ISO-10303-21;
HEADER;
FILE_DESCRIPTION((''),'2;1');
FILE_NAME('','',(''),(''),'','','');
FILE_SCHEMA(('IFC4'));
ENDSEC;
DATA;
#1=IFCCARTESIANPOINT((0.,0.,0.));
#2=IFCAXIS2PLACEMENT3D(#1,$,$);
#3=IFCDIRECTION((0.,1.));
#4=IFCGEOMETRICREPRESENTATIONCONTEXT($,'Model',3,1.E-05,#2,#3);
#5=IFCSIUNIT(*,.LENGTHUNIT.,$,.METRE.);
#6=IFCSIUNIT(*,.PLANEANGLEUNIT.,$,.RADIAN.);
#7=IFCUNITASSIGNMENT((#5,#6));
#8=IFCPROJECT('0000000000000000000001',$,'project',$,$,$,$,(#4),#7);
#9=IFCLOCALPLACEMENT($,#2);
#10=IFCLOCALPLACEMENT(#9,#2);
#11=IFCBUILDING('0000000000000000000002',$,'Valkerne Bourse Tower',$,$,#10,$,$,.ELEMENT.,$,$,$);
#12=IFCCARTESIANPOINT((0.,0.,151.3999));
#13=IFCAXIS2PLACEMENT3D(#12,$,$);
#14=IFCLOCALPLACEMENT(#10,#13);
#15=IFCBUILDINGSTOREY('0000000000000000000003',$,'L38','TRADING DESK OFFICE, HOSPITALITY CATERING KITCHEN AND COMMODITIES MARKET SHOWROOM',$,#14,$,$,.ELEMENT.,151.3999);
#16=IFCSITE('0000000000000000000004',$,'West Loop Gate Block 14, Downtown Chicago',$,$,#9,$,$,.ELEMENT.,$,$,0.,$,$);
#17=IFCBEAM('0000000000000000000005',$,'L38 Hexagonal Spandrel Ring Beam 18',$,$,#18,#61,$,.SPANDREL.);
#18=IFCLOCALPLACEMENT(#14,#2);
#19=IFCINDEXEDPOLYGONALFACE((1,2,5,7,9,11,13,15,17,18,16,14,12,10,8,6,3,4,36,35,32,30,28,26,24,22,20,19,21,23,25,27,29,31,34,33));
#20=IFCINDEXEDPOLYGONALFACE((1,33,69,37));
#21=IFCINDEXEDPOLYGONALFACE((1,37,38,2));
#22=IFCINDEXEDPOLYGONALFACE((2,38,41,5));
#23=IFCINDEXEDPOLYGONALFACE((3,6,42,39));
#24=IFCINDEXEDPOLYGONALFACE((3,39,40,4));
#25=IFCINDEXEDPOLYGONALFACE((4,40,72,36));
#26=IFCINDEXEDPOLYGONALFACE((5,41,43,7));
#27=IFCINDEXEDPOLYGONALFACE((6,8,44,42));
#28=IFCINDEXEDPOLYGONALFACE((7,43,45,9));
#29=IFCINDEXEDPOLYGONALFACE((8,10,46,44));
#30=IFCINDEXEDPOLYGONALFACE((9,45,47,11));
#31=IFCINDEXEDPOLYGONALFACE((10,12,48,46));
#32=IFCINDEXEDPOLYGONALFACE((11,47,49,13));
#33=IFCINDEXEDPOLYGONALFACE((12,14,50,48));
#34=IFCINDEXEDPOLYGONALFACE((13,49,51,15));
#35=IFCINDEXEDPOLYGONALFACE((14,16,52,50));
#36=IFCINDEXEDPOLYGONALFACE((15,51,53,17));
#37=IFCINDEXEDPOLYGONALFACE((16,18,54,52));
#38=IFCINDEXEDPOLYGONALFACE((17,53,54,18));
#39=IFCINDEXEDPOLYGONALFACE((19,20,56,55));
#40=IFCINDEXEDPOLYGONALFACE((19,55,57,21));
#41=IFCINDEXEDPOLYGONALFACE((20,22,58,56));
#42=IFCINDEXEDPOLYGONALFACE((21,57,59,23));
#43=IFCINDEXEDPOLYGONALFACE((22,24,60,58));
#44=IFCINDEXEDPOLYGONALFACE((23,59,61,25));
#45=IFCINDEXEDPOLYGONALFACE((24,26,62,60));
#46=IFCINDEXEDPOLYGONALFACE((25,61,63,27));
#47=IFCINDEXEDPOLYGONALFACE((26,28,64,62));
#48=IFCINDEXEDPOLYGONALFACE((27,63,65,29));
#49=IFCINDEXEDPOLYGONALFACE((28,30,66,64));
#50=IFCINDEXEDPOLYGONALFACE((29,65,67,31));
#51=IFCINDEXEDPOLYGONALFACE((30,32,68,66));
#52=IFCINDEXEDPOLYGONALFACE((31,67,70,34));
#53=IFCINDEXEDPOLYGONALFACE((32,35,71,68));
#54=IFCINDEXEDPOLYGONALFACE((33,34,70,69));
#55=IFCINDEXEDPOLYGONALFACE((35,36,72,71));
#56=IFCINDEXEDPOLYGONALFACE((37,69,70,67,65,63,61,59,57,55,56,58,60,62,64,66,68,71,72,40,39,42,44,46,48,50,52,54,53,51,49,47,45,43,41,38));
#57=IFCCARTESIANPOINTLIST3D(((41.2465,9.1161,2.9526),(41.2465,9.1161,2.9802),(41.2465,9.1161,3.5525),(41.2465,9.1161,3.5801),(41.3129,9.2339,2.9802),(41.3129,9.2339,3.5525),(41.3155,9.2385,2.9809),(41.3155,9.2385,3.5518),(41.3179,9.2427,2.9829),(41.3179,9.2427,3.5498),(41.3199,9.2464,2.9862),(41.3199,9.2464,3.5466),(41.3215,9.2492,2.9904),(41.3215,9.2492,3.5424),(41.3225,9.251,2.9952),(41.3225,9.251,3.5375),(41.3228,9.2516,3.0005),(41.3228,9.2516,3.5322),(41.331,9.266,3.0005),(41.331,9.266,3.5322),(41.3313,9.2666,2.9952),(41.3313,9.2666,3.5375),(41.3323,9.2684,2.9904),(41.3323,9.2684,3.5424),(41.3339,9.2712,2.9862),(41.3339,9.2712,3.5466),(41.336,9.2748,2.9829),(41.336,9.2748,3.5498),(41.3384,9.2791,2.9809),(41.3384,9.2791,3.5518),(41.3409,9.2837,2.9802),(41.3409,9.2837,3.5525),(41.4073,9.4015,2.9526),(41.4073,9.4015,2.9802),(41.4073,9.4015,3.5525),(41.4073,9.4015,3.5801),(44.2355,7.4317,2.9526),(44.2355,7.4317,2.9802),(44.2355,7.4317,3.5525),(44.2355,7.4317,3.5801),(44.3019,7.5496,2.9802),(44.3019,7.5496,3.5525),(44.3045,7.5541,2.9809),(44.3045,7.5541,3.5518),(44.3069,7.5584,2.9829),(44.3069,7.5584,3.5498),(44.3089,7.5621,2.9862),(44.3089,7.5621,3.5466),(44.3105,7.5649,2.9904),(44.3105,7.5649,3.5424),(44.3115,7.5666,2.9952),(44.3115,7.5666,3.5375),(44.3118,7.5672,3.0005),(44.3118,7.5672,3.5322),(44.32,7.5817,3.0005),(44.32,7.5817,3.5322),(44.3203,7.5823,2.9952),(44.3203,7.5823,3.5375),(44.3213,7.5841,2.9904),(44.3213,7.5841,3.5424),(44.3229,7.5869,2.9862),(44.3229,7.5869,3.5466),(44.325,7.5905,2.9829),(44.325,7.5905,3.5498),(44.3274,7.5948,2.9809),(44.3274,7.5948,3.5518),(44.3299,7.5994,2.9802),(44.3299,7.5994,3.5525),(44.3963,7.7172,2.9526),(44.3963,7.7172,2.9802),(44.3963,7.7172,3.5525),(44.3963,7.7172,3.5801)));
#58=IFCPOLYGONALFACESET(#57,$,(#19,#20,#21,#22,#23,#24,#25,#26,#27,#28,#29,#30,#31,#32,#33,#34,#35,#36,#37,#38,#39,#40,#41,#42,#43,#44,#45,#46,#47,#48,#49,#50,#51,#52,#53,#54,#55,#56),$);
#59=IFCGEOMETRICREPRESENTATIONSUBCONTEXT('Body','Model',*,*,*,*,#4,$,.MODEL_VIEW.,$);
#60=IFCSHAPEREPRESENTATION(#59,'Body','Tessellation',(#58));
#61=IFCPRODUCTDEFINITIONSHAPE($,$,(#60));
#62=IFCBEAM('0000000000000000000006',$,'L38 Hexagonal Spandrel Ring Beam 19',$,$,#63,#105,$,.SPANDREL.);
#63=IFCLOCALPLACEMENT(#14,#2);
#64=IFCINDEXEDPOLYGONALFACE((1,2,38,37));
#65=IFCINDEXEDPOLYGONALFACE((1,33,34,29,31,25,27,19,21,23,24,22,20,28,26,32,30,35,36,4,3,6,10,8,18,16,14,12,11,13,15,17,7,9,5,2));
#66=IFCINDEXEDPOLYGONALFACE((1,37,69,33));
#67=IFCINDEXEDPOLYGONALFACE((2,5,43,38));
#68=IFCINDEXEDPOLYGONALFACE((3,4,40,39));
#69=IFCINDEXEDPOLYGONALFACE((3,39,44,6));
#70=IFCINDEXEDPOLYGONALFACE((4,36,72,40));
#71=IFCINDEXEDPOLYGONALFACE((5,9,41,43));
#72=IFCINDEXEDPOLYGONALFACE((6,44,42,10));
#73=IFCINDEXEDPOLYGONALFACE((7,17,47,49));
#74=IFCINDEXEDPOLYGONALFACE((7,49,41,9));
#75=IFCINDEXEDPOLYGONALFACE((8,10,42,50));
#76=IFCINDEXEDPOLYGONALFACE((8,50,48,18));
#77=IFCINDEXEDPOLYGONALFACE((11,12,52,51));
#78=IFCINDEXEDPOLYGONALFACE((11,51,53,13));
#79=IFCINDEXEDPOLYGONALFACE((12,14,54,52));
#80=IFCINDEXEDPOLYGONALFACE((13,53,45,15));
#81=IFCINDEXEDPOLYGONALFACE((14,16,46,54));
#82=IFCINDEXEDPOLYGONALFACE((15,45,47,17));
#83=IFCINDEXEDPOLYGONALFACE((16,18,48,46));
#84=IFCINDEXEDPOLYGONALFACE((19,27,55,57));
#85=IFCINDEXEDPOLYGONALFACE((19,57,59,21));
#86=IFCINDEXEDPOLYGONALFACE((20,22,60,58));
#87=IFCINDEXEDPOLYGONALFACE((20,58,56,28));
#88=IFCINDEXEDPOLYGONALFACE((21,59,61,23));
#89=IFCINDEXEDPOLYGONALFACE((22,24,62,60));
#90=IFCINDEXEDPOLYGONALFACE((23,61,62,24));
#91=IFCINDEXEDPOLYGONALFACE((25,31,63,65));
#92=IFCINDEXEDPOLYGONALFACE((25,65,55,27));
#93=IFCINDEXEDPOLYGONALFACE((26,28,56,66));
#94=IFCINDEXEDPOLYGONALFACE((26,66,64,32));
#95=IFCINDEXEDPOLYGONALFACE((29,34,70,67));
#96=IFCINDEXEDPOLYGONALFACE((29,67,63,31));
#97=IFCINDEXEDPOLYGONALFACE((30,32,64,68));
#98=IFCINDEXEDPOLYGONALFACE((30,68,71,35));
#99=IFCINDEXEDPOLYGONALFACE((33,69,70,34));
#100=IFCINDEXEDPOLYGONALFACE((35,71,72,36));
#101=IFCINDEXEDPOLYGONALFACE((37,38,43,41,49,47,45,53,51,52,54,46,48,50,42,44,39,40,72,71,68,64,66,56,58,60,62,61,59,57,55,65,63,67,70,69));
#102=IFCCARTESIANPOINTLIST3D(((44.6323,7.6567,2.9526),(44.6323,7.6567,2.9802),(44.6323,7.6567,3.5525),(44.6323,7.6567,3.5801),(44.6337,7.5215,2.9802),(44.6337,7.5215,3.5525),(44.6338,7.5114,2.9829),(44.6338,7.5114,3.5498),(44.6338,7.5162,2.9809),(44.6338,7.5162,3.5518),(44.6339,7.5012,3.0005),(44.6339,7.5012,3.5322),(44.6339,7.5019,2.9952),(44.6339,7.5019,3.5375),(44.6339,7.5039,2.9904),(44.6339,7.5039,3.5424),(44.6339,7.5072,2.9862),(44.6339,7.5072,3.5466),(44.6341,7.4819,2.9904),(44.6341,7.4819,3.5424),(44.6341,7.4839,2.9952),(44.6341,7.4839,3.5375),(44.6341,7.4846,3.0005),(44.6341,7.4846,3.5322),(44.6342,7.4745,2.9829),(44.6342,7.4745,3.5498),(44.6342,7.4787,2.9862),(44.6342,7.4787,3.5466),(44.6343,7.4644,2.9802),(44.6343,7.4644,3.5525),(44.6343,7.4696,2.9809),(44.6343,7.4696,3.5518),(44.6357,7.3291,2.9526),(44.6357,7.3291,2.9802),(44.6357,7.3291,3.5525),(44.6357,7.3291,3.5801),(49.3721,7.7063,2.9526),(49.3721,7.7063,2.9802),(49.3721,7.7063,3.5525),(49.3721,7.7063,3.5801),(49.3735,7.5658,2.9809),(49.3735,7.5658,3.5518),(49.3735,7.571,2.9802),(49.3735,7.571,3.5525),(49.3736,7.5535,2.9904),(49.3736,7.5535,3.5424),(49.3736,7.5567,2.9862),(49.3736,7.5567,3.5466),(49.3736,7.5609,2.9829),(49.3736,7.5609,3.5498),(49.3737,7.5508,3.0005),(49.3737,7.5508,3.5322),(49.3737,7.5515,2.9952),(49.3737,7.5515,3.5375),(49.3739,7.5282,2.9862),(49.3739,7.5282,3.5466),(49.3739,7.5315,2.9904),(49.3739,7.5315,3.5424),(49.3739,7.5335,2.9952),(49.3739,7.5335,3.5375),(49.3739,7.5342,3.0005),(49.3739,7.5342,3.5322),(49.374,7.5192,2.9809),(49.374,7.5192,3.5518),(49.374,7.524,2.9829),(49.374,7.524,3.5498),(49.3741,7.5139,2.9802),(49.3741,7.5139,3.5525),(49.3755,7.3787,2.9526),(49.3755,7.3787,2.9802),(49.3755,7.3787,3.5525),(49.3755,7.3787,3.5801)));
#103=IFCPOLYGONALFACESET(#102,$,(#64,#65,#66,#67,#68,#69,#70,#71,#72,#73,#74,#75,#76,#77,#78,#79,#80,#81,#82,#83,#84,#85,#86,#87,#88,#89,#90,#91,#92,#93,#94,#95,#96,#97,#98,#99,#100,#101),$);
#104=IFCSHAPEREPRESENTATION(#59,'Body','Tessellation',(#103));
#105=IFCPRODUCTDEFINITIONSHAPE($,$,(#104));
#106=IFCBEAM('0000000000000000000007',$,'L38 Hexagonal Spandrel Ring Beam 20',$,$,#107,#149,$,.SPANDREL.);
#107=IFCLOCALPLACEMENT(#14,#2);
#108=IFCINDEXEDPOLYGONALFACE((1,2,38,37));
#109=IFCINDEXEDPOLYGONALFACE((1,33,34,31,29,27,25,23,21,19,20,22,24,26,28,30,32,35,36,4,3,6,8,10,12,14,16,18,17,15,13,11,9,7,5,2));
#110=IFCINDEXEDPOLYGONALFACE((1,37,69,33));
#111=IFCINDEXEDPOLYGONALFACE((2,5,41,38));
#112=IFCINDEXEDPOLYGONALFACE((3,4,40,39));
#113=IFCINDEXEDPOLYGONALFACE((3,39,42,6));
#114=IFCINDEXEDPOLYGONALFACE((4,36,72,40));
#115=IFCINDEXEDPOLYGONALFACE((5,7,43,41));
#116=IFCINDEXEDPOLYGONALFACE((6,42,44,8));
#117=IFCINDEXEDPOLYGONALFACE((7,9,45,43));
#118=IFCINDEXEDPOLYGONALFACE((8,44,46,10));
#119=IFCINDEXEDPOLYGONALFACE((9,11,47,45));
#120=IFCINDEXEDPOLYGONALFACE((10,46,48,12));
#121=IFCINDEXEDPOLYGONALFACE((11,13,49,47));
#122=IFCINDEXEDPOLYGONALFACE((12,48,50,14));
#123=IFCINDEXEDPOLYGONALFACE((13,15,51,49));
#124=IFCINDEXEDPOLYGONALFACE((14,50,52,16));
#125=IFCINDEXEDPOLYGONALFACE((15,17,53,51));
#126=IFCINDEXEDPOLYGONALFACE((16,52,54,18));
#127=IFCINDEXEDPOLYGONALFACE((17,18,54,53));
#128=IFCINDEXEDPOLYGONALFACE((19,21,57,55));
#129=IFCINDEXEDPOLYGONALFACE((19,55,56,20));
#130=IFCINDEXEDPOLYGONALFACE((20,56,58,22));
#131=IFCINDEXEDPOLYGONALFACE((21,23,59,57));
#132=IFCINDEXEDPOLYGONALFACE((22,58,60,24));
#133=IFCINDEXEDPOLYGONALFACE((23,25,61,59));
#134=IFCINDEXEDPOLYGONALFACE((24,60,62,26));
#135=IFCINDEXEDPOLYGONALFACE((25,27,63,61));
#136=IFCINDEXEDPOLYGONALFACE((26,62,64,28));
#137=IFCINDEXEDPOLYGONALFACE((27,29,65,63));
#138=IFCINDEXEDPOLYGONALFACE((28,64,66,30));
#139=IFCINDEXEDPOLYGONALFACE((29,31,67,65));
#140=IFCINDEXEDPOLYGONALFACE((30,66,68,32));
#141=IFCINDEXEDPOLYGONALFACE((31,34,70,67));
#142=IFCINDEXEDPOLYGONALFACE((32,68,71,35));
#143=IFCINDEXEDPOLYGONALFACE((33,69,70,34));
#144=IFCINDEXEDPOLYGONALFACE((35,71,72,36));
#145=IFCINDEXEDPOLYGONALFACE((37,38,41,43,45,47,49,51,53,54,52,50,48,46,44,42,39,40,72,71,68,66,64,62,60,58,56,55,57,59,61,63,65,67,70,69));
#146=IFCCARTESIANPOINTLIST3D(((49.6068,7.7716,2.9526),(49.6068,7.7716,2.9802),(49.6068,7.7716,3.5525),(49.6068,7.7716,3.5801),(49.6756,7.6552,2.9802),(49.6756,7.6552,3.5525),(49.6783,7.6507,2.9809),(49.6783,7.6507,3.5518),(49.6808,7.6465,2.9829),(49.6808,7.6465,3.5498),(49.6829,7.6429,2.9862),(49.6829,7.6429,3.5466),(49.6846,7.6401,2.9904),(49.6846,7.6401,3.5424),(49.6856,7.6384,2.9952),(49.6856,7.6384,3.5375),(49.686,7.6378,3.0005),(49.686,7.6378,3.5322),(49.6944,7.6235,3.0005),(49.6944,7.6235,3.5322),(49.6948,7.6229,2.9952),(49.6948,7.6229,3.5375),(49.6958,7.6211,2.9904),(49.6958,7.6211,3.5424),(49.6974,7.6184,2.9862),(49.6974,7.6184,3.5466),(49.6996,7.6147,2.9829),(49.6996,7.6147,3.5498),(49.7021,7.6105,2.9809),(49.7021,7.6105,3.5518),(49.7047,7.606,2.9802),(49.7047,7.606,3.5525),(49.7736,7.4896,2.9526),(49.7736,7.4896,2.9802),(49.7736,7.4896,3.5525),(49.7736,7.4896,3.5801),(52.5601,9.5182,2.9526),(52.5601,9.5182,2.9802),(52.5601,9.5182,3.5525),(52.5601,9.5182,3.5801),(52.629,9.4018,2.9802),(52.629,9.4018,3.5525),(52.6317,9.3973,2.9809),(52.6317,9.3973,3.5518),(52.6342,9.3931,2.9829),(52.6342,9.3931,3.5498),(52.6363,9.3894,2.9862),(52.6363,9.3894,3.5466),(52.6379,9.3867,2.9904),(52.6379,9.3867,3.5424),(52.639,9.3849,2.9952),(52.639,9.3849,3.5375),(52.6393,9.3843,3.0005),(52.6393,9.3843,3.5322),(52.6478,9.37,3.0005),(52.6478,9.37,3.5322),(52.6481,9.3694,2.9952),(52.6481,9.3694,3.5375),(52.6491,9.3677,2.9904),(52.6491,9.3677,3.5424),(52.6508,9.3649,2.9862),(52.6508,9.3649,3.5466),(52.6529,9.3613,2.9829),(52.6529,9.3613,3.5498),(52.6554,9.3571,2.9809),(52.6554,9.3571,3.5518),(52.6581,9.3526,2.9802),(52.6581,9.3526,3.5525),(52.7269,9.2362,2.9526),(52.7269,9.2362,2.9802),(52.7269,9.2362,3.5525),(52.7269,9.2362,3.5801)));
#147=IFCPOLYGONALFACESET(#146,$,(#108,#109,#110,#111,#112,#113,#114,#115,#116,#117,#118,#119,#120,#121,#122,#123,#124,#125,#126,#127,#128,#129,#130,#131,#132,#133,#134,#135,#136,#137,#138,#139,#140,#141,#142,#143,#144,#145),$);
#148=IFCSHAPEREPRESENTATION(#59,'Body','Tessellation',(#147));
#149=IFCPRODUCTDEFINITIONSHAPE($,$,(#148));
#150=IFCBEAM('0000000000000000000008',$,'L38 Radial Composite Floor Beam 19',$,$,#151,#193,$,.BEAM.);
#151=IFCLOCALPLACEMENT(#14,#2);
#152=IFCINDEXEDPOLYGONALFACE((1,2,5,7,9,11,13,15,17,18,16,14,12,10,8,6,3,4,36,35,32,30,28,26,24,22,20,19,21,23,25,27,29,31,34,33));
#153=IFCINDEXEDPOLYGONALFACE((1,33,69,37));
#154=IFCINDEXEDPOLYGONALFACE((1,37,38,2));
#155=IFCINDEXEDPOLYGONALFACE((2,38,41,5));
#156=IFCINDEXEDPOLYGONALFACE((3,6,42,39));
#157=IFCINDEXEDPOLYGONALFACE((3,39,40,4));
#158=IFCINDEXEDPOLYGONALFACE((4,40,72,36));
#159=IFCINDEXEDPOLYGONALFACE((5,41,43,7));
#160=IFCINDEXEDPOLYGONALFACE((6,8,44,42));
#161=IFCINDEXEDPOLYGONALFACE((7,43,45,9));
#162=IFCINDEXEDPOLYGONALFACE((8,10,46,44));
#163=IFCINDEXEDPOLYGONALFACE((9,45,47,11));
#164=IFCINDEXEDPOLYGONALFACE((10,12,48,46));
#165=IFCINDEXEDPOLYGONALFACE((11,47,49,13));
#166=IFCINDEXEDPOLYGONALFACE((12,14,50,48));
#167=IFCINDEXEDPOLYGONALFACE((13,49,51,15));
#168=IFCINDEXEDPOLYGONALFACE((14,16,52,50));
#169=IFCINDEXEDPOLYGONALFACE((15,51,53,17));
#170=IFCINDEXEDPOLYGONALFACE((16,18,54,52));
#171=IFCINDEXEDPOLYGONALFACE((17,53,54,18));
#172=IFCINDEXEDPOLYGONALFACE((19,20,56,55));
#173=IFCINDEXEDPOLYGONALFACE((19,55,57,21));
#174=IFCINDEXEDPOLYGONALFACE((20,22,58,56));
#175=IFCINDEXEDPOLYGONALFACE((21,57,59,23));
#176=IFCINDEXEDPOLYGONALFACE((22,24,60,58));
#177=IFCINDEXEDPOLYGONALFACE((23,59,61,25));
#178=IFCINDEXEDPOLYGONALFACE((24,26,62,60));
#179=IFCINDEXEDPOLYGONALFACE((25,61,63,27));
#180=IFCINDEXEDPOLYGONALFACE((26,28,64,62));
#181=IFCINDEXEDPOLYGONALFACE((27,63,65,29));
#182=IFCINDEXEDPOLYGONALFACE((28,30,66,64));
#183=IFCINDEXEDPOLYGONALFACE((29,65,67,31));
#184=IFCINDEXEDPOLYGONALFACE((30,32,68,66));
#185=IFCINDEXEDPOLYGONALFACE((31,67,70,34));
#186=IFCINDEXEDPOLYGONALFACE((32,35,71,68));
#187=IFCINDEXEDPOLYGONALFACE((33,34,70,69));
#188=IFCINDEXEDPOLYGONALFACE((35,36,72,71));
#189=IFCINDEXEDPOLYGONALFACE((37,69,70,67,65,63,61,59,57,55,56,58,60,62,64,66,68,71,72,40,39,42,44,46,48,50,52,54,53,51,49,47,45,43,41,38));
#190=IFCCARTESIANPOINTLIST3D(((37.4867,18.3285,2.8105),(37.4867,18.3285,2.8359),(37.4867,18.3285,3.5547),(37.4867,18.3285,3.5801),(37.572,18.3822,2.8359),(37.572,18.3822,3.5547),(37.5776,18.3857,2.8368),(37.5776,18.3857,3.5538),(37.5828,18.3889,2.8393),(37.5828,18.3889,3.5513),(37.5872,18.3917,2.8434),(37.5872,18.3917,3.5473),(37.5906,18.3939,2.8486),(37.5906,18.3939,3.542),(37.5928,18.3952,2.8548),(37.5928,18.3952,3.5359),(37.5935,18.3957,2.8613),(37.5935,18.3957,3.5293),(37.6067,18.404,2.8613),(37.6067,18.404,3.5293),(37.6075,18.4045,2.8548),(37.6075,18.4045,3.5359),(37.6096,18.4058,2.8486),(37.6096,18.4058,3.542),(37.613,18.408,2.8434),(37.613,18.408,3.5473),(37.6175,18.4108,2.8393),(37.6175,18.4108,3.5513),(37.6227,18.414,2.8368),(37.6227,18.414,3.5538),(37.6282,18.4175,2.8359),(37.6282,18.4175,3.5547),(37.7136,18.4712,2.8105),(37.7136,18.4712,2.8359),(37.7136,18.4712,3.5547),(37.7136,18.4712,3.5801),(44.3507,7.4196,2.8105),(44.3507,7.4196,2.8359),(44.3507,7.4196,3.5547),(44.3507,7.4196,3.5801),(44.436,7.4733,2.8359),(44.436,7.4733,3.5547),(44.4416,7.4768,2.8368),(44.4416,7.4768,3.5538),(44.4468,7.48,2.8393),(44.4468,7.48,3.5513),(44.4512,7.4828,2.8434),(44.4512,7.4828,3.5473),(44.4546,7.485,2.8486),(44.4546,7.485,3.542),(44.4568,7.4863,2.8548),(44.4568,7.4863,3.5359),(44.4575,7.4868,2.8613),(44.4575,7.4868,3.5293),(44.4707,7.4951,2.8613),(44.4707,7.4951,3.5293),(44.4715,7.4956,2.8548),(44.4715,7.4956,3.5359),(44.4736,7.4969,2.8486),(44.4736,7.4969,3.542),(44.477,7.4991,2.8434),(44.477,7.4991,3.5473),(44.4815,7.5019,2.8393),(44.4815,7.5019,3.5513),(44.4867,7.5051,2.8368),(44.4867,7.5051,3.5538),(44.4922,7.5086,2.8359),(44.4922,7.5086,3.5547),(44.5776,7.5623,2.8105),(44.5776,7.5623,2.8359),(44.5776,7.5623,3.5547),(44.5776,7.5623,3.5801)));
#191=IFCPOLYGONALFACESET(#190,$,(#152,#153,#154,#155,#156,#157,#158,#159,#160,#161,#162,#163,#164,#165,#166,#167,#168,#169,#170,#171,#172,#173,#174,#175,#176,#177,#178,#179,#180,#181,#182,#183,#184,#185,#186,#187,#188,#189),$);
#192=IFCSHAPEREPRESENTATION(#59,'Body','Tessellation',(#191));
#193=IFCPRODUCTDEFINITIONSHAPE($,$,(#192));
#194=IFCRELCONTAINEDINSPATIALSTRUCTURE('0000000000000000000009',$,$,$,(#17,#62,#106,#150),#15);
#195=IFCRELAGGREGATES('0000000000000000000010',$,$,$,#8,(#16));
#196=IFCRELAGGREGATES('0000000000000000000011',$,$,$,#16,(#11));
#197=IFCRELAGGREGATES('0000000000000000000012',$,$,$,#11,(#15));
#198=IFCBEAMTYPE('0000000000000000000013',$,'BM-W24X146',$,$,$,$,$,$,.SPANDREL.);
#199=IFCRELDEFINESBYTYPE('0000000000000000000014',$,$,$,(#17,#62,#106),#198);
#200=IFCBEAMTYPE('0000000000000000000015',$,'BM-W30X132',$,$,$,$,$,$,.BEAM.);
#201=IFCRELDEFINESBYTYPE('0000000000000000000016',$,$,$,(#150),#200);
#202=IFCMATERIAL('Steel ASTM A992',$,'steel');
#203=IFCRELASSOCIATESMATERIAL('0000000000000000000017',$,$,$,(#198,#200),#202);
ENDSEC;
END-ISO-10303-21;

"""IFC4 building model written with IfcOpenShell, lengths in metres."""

from ifc_helpers import new_model, si_unit, direction, frame, origin, origin_2d, place, context, subcontext, project, spatial, i_section, extrude, material, material_profile, profile_set, type_object, element, save


model = new_model("IFC4")

# Units and contexts
model_context = context("Model", 3, precision=1e-05, world=origin(), true_north=direction((0.0, 1.0)))
body_context = subcontext(model_context, "Body", "Model", "MODEL_VIEW")
ifc_project = project(units=[si_unit("LENGTHUNIT", "METRE"), si_unit("PLANEANGLEUNIT", "RADIAN")], contexts=[model_context])

# Site, building, storey
site_placement = place(None, origin())
site = spatial("IfcSite", under=ifc_project, at=site_placement, Name="West Loop Gate Block 14, Downtown Chicago", CompositionType="ELEMENT", RefElevation=0.0)
building_placement = place(site_placement, origin())
building = spatial("IfcBuilding", under=site, at=building_placement, Name="Valkerne Bourse Tower", CompositionType="ELEMENT")
storey_placement = place(building_placement, frame((0.0, 0.0, 151.3999)))
storey = spatial("IfcBuildingStorey", under=building, at=storey_placement, Name="L38", Description="TRADING DESK OFFICE, HOSPITALITY CATERING KITCHEN AND COMMODITIES MARKET SHOWROOM", CompositionType="ELEMENT", Elevation=151.3999)

# Beams
ifc_material_1 = material(Name="Steel ASTM A992", Category="steel")
ifc_material_profile_1 = material_profile(ifc_material_1, i_section(OverallWidth=0.3276, OverallDepth=0.6274, WebThickness=0.0166, FlangeThickness=0.0276, FilletRadius=0.0203, at=origin_2d()), Name="W24X146")
ifc_profile_set_1 = profile_set([ifc_material_profile_1], Name="Steel ASTM A992")
beam_type_1 = type_object("IfcBeamType", Name="BM-W24X146", PredefinedType="SPANDREL", material=ifc_profile_set_1)
beam_1_placement = place(storey_placement, frame((41.3269, 9.2588, 3.2664), z_axis=(0.871201, -0.490927, 0.0), x_axis=(0.490927, 0.871201, 0.0)))
element("IfcBeam", 1, at=beam_1_placement, inside=storey, type_object=beam_type_1, Name="L38 Hexagonal Spandrel Ring Beam 18", PredefinedType="SPANDREL", context=body_context, shape_type="SweptSolid", body=[
    extrude(i_section(OverallWidth=0.3276, OverallDepth=0.6274, WebThickness=0.0166, FlangeThickness=0.0276, FilletRadius=0.0203, at=origin_2d()), origin(), (0.0, 0.0, 1.0), 3.4309),
])
beam_2_placement = place(storey_placement, frame((44.634, 7.4929, 3.2664), z_axis=(0.999945, 0.010456, 0.0), x_axis=(-0.010456, 0.999945, 0.0)))
element("IfcBeam", 2, at=beam_2_placement, inside=storey, type_object=beam_type_1, Name="L38 Hexagonal Spandrel Ring Beam 19", PredefinedType="SPANDREL", context=body_context, shape_type="SweptSolid", body=[
    extrude(i_section(OverallWidth=0.3276, OverallDepth=0.6274, WebThickness=0.0166, FlangeThickness=0.0276, FilletRadius=0.0203, at=origin_2d()), origin(), (0.0, 0.0, 1.0), 4.74),
])
beam_3_placement = place(storey_placement, frame((49.6902, 7.6306, 3.2664), z_axis=(0.860747, 0.509034, 0.0), x_axis=(-0.509034, 0.860747, 0.0)))
element("IfcBeam", 3, at=beam_3_placement, inside=storey, type_object=beam_type_1, Name="L38 Hexagonal Spandrel Ring Beam 20", PredefinedType="SPANDREL", context=body_context, shape_type="SweptSolid", body=[
    extrude(i_section(OverallWidth=0.3276, OverallDepth=0.6274, WebThickness=0.0166, FlangeThickness=0.0276, FilletRadius=0.0203, at=origin_2d()), origin(), (0.0, 0.0, 1.0), 3.4312),
])
ifc_material_profile_2 = material_profile(ifc_material_1, i_section(OverallWidth=0.2681, OverallDepth=0.7695, WebThickness=0.0156, FlangeThickness=0.0254, FilletRadius=0.0254, at=origin_2d()), Name="W30X132")
ifc_profile_set_2 = profile_set([ifc_material_profile_2], Name="Steel ASTM A992")
beam_type_2 = type_object("IfcBeamType", Name="BM-W30X132", PredefinedType="BEAM", material=ifc_profile_set_2)
beam_4_placement = place(storey_placement, frame((44.4641, 7.491, 3.1953), z_axis=(-0.532559, 0.846393, 0.0), x_axis=(-0.846393, -0.532559, 0.0)))
element("IfcBeam", 4, at=beam_4_placement, inside=storey, type_object=beam_type_2, Name="L38 Radial Composite Floor Beam 19", PredefinedType="BEAM", context=body_context, shape_type="SweptSolid", body=[
    extrude(i_section(OverallWidth=0.2681, OverallDepth=0.7695, WebThickness=0.0156, FlangeThickness=0.0254, FilletRadius=0.0254, at=origin_2d()), origin(), (0.0, 0.0, 1.0), 12.8887),
])

save(model, "model.ifc")
